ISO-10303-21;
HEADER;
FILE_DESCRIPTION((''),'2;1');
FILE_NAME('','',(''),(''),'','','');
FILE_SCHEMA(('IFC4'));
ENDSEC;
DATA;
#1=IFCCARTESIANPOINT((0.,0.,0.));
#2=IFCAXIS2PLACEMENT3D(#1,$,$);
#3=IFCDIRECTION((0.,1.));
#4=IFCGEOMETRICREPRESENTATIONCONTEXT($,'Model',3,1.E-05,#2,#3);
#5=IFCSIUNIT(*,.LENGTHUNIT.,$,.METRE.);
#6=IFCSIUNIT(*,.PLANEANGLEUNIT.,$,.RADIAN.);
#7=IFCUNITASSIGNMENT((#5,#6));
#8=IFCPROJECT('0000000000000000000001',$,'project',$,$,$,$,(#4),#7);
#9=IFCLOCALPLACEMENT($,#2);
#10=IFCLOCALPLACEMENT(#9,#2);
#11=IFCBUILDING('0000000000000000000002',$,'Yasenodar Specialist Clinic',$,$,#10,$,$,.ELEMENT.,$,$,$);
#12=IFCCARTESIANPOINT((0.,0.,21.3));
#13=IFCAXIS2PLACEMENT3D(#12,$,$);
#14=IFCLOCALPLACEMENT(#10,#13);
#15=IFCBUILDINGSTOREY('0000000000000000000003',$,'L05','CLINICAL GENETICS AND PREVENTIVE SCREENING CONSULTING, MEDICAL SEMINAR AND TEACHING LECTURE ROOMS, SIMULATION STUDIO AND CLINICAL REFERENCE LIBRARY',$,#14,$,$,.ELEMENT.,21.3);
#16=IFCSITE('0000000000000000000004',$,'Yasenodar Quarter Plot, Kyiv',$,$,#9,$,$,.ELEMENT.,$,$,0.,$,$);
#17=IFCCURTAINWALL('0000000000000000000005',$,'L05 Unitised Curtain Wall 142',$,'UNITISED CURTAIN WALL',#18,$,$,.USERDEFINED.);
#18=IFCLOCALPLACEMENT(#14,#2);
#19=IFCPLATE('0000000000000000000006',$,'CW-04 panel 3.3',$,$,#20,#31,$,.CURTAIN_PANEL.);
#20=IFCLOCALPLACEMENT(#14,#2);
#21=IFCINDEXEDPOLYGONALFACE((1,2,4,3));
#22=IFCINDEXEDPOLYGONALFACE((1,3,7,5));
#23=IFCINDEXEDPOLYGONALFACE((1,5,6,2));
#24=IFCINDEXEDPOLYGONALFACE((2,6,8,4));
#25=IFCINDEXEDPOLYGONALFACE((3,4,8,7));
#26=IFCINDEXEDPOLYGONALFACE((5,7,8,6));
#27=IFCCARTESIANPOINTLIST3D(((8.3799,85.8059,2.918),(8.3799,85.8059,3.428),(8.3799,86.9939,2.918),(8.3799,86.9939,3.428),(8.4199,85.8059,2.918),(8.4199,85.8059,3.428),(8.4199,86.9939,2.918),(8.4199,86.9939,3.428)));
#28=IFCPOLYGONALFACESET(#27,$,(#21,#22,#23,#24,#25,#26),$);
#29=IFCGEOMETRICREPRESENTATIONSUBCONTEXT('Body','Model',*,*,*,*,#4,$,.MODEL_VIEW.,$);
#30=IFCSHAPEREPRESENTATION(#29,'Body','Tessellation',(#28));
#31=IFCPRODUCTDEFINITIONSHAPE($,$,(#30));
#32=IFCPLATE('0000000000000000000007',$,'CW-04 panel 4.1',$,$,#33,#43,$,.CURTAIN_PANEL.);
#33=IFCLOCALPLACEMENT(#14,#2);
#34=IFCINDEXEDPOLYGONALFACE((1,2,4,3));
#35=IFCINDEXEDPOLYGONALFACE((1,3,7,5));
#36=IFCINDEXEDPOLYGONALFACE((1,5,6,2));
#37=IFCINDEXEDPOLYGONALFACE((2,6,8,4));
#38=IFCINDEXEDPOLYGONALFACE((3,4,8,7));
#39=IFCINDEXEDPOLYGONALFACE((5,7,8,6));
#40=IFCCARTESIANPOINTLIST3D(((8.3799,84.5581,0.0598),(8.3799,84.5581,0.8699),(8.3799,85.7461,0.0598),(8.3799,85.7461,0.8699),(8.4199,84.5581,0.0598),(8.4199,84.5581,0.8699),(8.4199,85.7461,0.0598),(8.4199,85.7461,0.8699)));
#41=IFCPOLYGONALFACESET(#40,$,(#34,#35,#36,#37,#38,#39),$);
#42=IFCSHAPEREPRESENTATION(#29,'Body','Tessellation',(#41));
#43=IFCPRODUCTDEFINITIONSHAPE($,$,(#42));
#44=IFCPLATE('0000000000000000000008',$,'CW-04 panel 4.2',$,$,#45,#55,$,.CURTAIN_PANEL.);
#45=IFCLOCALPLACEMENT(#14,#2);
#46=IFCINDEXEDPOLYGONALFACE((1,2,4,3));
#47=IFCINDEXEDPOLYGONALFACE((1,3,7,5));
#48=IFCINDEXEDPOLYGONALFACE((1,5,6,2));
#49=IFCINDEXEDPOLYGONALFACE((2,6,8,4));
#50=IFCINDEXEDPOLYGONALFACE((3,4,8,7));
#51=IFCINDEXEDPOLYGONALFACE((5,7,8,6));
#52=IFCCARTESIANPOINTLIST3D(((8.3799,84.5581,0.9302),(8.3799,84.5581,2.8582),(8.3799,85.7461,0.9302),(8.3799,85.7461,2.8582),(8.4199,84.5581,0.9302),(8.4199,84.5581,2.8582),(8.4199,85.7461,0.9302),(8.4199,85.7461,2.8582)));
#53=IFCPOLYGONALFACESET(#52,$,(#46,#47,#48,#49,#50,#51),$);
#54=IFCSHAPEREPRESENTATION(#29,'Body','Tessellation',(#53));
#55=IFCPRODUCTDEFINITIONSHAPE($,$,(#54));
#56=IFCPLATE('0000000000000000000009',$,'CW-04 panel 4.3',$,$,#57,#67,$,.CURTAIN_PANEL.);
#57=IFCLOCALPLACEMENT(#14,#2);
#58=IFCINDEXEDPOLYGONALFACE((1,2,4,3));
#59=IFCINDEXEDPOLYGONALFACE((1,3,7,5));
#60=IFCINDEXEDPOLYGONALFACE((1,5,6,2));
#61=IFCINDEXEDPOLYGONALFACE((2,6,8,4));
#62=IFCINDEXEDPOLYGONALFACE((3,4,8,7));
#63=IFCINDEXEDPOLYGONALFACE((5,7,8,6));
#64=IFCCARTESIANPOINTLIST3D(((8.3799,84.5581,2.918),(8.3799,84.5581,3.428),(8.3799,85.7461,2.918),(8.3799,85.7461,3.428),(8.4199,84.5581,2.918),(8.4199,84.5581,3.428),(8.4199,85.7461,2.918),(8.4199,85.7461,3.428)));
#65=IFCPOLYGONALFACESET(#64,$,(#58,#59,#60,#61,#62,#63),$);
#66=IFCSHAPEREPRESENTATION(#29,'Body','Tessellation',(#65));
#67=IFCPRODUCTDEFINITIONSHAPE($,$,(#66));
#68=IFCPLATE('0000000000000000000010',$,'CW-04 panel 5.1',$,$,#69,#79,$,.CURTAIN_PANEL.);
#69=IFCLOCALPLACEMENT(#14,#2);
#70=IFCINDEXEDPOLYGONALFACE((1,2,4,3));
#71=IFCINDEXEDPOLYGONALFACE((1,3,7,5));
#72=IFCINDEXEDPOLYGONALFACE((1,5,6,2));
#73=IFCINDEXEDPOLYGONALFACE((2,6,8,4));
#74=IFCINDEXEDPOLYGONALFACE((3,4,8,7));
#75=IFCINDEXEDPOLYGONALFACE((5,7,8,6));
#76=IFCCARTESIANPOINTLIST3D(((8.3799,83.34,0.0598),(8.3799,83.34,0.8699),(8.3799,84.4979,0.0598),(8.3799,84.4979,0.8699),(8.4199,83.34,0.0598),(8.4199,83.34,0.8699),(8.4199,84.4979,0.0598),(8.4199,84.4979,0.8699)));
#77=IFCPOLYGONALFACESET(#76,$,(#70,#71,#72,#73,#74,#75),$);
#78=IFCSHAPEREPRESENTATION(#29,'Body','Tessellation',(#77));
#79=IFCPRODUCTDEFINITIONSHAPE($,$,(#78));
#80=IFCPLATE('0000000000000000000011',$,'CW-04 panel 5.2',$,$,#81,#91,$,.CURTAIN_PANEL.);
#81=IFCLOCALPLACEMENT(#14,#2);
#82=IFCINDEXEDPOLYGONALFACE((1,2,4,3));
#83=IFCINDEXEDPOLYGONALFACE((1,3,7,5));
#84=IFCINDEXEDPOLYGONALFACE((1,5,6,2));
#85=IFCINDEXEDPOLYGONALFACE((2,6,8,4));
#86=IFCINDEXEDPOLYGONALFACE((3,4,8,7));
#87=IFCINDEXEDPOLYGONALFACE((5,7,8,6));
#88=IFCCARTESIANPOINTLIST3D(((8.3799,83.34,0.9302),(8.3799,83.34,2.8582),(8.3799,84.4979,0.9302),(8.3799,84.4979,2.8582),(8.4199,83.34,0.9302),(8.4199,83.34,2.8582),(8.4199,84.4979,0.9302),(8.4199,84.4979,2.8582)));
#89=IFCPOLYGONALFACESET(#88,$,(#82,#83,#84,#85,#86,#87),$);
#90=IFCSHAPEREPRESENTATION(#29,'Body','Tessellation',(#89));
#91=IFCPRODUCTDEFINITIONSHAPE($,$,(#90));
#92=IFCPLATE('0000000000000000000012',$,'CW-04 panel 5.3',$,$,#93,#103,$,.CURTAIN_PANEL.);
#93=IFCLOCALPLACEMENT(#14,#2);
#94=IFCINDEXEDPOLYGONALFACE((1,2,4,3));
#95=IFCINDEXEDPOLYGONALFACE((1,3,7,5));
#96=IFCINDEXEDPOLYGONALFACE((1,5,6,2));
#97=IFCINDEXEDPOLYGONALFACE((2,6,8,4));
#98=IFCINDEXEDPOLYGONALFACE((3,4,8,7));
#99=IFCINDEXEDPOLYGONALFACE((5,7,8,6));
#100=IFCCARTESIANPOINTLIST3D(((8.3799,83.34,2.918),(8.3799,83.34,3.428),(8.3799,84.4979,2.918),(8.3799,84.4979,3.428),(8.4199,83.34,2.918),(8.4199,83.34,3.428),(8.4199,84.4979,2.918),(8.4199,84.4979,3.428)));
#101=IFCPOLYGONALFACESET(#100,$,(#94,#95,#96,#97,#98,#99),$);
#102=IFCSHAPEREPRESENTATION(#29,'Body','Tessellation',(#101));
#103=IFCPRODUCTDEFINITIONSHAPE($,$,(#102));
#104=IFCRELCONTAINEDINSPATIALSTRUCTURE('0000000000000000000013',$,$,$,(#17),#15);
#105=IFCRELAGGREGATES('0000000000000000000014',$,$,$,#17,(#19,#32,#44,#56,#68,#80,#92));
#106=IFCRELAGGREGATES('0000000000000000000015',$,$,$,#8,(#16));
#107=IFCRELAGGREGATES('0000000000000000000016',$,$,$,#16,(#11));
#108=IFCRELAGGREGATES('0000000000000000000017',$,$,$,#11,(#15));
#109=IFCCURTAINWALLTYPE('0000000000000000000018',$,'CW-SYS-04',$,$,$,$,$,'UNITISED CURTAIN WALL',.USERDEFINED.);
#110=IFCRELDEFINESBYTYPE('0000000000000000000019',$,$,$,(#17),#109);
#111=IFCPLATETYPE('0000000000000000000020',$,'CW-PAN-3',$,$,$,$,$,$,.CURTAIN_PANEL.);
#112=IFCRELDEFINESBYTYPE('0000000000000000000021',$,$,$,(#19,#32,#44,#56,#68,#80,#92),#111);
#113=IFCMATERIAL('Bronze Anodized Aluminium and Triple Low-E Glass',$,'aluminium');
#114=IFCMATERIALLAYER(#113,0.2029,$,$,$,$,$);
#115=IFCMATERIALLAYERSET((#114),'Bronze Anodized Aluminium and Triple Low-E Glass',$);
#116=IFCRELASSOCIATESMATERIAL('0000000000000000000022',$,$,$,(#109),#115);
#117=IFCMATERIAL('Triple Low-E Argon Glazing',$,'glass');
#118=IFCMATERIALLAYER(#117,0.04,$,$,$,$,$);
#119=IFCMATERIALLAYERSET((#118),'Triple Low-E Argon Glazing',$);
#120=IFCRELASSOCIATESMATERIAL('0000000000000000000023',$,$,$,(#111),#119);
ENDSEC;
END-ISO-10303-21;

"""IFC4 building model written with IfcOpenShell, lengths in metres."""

from ifc_helpers import new_model, si_unit, direction, frame, origin, origin_2d, place, context, subcontext, project, spatial, rectangle, extrude, material, layer, layer_set, type_object, element, aggregate, save


model = new_model("IFC4")

# Units and contexts
model_context = context("Model", 3, precision=1e-05, world=origin(), true_north=direction((0.0, 1.0)))
body_context = subcontext(model_context, "Body", "Model", "MODEL_VIEW")
ifc_project = project(units=[si_unit("LENGTHUNIT", "METRE"), si_unit("PLANEANGLEUNIT", "RADIAN")], contexts=[model_context])

# Site, building, storey
site_placement = place(None, origin())
site = spatial("IfcSite", under=ifc_project, at=site_placement, Name="Yasenodar Quarter Plot, Kyiv", CompositionType="ELEMENT", RefElevation=0.0)
building_placement = place(site_placement, origin())
building = spatial("IfcBuilding", under=site, at=building_placement, Name="Yasenodar Specialist Clinic", CompositionType="ELEMENT")
storey_placement = place(building_placement, frame((0.0, 0.0, 21.3)))
storey = spatial("IfcBuildingStorey", under=building, at=storey_placement, Name="L05", Description="CLINICAL GENETICS AND PREVENTIVE SCREENING CONSULTING, MEDICAL SEMINAR AND TEACHING LECTURE ROOMS, SIMULATION STUDIO AND CLINICAL REFERENCE LIBRARY", CompositionType="ELEMENT", Elevation=21.3)

# Curtain wall, plates
ifc_material_1 = material(Name="Bronze Anodized Aluminium and Triple Low-E Glass", Category="aluminium")
ifc_layer_1 = layer(ifc_material_1, 0.2029)
ifc_layer_set_1 = layer_set([ifc_layer_1], Name="Bronze Anodized Aluminium and Triple Low-E Glass")
curtain_wall_type = type_object("IfcCurtainWallType", Name="CW-SYS-04", ElementType="UNITISED CURTAIN WALL", PredefinedType="USERDEFINED", material=ifc_layer_set_1)
curtain_wall_placement = place(storey_placement, origin())
curtain_wall = element("IfcCurtainWall", 1, at=curtain_wall_placement, inside=storey, type_object=curtain_wall_type, Name="L05 Unitised Curtain Wall 142", ObjectType="UNITISED CURTAIN WALL", PredefinedType="USERDEFINED")
ifc_material_2 = material(Name="Triple Low-E Argon Glazing", Category="glass")
ifc_layer_2 = layer(ifc_material_2, 0.04)
ifc_layer_set_2 = layer_set([ifc_layer_2], Name="Triple Low-E Argon Glazing")
plate_type = type_object("IfcPlateType", Name="CW-PAN-3", PredefinedType="CURTAIN_PANEL", material=ifc_layer_set_2)
plate_1_placement = place(storey_placement, frame((8.3999, 86.3999, 2.918), z_axis=(0.0, 0.0, 1.0), x_axis=(0.0, -1.0, 0.0)))
plate_1 = element("IfcPlate", 2, at=plate_1_placement, type_object=plate_type, Name="CW-04 panel 3.3", PredefinedType="CURTAIN_PANEL", context=body_context, shape_type="SweptSolid", body=[
    extrude(rectangle(XDim=1.188, YDim=0.04, at=origin_2d()), origin(), (0.0, 0.0, 1.0), 0.51),
])
plate_2_placement = place(storey_placement, frame((8.3999, 85.1521, 0.0598), z_axis=(0.0, 0.0, 1.0), x_axis=(0.0, -1.0, 0.0)))
plate_2 = element("IfcPlate", 3, at=plate_2_placement, type_object=plate_type, Name="CW-04 panel 4.1", PredefinedType="CURTAIN_PANEL", context=body_context, shape_type="SweptSolid", body=[
    extrude(rectangle(XDim=1.188, YDim=0.04, at=origin_2d()), origin(), (0.0, 0.0, 1.0), 0.8101),
])
plate_3_placement = place(storey_placement, frame((8.3999, 85.1521, 0.9302), z_axis=(0.0, 0.0, 1.0), x_axis=(0.0, -1.0, 0.0)))
plate_3 = element("IfcPlate", 4, at=plate_3_placement, type_object=plate_type, Name="CW-04 panel 4.2", PredefinedType="CURTAIN_PANEL", context=body_context, shape_type="SweptSolid", body=[
    extrude(rectangle(XDim=1.188, YDim=0.04, at=origin_2d()), origin(), (0.0, 0.0, 1.0), 1.928),
])
plate_4_placement = place(storey_placement, frame((8.3999, 85.1521, 2.918), z_axis=(0.0, 0.0, 1.0), x_axis=(0.0, -1.0, 0.0)))
plate_4 = element("IfcPlate", 5, at=plate_4_placement, type_object=plate_type, Name="CW-04 panel 4.3", PredefinedType="CURTAIN_PANEL", context=body_context, shape_type="SweptSolid", body=[
    extrude(rectangle(XDim=1.188, YDim=0.04, at=origin_2d()), origin(), (0.0, 0.0, 1.0), 0.51),
])
plate_5_placement = place(storey_placement, frame((8.3999, 83.9189, 0.0598), z_axis=(0.0, 0.0, 1.0), x_axis=(0.0, -1.0, 0.0)))
plate_5 = element("IfcPlate", 6, at=plate_5_placement, type_object=plate_type, Name="CW-04 panel 5.1", PredefinedType="CURTAIN_PANEL", context=body_context, shape_type="SweptSolid", body=[
    extrude(rectangle(XDim=1.158, YDim=0.04, at=origin_2d()), origin(), (0.0, 0.0, 1.0), 0.8101),
])
plate_6_placement = place(storey_placement, frame((8.3999, 83.9189, 0.9302), z_axis=(0.0, 0.0, 1.0), x_axis=(0.0, -1.0, 0.0)))
plate_6 = element("IfcPlate", 7, at=plate_6_placement, type_object=plate_type, Name="CW-04 panel 5.2", PredefinedType="CURTAIN_PANEL", context=body_context, shape_type="SweptSolid", body=[
    extrude(rectangle(XDim=1.158, YDim=0.04, at=origin_2d()), origin(), (0.0, 0.0, 1.0), 1.928),
])
plate_7_placement = place(storey_placement, frame((8.3999, 83.9189, 2.918), z_axis=(0.0, 0.0, 1.0), x_axis=(0.0, -1.0, 0.0)))
plate_7 = element("IfcPlate", 8, at=plate_7_placement, type_object=plate_type, Name="CW-04 panel 5.3", PredefinedType="CURTAIN_PANEL", context=body_context, shape_type="SweptSolid", body=[
    extrude(rectangle(XDim=1.158, YDim=0.04, at=origin_2d()), origin(), (0.0, 0.0, 1.0), 0.51),
])
aggregate(curtain_wall, [plate_1, plate_2, plate_3, plate_4, plate_5, plate_6, plate_7])

save(model, "model.ifc")
